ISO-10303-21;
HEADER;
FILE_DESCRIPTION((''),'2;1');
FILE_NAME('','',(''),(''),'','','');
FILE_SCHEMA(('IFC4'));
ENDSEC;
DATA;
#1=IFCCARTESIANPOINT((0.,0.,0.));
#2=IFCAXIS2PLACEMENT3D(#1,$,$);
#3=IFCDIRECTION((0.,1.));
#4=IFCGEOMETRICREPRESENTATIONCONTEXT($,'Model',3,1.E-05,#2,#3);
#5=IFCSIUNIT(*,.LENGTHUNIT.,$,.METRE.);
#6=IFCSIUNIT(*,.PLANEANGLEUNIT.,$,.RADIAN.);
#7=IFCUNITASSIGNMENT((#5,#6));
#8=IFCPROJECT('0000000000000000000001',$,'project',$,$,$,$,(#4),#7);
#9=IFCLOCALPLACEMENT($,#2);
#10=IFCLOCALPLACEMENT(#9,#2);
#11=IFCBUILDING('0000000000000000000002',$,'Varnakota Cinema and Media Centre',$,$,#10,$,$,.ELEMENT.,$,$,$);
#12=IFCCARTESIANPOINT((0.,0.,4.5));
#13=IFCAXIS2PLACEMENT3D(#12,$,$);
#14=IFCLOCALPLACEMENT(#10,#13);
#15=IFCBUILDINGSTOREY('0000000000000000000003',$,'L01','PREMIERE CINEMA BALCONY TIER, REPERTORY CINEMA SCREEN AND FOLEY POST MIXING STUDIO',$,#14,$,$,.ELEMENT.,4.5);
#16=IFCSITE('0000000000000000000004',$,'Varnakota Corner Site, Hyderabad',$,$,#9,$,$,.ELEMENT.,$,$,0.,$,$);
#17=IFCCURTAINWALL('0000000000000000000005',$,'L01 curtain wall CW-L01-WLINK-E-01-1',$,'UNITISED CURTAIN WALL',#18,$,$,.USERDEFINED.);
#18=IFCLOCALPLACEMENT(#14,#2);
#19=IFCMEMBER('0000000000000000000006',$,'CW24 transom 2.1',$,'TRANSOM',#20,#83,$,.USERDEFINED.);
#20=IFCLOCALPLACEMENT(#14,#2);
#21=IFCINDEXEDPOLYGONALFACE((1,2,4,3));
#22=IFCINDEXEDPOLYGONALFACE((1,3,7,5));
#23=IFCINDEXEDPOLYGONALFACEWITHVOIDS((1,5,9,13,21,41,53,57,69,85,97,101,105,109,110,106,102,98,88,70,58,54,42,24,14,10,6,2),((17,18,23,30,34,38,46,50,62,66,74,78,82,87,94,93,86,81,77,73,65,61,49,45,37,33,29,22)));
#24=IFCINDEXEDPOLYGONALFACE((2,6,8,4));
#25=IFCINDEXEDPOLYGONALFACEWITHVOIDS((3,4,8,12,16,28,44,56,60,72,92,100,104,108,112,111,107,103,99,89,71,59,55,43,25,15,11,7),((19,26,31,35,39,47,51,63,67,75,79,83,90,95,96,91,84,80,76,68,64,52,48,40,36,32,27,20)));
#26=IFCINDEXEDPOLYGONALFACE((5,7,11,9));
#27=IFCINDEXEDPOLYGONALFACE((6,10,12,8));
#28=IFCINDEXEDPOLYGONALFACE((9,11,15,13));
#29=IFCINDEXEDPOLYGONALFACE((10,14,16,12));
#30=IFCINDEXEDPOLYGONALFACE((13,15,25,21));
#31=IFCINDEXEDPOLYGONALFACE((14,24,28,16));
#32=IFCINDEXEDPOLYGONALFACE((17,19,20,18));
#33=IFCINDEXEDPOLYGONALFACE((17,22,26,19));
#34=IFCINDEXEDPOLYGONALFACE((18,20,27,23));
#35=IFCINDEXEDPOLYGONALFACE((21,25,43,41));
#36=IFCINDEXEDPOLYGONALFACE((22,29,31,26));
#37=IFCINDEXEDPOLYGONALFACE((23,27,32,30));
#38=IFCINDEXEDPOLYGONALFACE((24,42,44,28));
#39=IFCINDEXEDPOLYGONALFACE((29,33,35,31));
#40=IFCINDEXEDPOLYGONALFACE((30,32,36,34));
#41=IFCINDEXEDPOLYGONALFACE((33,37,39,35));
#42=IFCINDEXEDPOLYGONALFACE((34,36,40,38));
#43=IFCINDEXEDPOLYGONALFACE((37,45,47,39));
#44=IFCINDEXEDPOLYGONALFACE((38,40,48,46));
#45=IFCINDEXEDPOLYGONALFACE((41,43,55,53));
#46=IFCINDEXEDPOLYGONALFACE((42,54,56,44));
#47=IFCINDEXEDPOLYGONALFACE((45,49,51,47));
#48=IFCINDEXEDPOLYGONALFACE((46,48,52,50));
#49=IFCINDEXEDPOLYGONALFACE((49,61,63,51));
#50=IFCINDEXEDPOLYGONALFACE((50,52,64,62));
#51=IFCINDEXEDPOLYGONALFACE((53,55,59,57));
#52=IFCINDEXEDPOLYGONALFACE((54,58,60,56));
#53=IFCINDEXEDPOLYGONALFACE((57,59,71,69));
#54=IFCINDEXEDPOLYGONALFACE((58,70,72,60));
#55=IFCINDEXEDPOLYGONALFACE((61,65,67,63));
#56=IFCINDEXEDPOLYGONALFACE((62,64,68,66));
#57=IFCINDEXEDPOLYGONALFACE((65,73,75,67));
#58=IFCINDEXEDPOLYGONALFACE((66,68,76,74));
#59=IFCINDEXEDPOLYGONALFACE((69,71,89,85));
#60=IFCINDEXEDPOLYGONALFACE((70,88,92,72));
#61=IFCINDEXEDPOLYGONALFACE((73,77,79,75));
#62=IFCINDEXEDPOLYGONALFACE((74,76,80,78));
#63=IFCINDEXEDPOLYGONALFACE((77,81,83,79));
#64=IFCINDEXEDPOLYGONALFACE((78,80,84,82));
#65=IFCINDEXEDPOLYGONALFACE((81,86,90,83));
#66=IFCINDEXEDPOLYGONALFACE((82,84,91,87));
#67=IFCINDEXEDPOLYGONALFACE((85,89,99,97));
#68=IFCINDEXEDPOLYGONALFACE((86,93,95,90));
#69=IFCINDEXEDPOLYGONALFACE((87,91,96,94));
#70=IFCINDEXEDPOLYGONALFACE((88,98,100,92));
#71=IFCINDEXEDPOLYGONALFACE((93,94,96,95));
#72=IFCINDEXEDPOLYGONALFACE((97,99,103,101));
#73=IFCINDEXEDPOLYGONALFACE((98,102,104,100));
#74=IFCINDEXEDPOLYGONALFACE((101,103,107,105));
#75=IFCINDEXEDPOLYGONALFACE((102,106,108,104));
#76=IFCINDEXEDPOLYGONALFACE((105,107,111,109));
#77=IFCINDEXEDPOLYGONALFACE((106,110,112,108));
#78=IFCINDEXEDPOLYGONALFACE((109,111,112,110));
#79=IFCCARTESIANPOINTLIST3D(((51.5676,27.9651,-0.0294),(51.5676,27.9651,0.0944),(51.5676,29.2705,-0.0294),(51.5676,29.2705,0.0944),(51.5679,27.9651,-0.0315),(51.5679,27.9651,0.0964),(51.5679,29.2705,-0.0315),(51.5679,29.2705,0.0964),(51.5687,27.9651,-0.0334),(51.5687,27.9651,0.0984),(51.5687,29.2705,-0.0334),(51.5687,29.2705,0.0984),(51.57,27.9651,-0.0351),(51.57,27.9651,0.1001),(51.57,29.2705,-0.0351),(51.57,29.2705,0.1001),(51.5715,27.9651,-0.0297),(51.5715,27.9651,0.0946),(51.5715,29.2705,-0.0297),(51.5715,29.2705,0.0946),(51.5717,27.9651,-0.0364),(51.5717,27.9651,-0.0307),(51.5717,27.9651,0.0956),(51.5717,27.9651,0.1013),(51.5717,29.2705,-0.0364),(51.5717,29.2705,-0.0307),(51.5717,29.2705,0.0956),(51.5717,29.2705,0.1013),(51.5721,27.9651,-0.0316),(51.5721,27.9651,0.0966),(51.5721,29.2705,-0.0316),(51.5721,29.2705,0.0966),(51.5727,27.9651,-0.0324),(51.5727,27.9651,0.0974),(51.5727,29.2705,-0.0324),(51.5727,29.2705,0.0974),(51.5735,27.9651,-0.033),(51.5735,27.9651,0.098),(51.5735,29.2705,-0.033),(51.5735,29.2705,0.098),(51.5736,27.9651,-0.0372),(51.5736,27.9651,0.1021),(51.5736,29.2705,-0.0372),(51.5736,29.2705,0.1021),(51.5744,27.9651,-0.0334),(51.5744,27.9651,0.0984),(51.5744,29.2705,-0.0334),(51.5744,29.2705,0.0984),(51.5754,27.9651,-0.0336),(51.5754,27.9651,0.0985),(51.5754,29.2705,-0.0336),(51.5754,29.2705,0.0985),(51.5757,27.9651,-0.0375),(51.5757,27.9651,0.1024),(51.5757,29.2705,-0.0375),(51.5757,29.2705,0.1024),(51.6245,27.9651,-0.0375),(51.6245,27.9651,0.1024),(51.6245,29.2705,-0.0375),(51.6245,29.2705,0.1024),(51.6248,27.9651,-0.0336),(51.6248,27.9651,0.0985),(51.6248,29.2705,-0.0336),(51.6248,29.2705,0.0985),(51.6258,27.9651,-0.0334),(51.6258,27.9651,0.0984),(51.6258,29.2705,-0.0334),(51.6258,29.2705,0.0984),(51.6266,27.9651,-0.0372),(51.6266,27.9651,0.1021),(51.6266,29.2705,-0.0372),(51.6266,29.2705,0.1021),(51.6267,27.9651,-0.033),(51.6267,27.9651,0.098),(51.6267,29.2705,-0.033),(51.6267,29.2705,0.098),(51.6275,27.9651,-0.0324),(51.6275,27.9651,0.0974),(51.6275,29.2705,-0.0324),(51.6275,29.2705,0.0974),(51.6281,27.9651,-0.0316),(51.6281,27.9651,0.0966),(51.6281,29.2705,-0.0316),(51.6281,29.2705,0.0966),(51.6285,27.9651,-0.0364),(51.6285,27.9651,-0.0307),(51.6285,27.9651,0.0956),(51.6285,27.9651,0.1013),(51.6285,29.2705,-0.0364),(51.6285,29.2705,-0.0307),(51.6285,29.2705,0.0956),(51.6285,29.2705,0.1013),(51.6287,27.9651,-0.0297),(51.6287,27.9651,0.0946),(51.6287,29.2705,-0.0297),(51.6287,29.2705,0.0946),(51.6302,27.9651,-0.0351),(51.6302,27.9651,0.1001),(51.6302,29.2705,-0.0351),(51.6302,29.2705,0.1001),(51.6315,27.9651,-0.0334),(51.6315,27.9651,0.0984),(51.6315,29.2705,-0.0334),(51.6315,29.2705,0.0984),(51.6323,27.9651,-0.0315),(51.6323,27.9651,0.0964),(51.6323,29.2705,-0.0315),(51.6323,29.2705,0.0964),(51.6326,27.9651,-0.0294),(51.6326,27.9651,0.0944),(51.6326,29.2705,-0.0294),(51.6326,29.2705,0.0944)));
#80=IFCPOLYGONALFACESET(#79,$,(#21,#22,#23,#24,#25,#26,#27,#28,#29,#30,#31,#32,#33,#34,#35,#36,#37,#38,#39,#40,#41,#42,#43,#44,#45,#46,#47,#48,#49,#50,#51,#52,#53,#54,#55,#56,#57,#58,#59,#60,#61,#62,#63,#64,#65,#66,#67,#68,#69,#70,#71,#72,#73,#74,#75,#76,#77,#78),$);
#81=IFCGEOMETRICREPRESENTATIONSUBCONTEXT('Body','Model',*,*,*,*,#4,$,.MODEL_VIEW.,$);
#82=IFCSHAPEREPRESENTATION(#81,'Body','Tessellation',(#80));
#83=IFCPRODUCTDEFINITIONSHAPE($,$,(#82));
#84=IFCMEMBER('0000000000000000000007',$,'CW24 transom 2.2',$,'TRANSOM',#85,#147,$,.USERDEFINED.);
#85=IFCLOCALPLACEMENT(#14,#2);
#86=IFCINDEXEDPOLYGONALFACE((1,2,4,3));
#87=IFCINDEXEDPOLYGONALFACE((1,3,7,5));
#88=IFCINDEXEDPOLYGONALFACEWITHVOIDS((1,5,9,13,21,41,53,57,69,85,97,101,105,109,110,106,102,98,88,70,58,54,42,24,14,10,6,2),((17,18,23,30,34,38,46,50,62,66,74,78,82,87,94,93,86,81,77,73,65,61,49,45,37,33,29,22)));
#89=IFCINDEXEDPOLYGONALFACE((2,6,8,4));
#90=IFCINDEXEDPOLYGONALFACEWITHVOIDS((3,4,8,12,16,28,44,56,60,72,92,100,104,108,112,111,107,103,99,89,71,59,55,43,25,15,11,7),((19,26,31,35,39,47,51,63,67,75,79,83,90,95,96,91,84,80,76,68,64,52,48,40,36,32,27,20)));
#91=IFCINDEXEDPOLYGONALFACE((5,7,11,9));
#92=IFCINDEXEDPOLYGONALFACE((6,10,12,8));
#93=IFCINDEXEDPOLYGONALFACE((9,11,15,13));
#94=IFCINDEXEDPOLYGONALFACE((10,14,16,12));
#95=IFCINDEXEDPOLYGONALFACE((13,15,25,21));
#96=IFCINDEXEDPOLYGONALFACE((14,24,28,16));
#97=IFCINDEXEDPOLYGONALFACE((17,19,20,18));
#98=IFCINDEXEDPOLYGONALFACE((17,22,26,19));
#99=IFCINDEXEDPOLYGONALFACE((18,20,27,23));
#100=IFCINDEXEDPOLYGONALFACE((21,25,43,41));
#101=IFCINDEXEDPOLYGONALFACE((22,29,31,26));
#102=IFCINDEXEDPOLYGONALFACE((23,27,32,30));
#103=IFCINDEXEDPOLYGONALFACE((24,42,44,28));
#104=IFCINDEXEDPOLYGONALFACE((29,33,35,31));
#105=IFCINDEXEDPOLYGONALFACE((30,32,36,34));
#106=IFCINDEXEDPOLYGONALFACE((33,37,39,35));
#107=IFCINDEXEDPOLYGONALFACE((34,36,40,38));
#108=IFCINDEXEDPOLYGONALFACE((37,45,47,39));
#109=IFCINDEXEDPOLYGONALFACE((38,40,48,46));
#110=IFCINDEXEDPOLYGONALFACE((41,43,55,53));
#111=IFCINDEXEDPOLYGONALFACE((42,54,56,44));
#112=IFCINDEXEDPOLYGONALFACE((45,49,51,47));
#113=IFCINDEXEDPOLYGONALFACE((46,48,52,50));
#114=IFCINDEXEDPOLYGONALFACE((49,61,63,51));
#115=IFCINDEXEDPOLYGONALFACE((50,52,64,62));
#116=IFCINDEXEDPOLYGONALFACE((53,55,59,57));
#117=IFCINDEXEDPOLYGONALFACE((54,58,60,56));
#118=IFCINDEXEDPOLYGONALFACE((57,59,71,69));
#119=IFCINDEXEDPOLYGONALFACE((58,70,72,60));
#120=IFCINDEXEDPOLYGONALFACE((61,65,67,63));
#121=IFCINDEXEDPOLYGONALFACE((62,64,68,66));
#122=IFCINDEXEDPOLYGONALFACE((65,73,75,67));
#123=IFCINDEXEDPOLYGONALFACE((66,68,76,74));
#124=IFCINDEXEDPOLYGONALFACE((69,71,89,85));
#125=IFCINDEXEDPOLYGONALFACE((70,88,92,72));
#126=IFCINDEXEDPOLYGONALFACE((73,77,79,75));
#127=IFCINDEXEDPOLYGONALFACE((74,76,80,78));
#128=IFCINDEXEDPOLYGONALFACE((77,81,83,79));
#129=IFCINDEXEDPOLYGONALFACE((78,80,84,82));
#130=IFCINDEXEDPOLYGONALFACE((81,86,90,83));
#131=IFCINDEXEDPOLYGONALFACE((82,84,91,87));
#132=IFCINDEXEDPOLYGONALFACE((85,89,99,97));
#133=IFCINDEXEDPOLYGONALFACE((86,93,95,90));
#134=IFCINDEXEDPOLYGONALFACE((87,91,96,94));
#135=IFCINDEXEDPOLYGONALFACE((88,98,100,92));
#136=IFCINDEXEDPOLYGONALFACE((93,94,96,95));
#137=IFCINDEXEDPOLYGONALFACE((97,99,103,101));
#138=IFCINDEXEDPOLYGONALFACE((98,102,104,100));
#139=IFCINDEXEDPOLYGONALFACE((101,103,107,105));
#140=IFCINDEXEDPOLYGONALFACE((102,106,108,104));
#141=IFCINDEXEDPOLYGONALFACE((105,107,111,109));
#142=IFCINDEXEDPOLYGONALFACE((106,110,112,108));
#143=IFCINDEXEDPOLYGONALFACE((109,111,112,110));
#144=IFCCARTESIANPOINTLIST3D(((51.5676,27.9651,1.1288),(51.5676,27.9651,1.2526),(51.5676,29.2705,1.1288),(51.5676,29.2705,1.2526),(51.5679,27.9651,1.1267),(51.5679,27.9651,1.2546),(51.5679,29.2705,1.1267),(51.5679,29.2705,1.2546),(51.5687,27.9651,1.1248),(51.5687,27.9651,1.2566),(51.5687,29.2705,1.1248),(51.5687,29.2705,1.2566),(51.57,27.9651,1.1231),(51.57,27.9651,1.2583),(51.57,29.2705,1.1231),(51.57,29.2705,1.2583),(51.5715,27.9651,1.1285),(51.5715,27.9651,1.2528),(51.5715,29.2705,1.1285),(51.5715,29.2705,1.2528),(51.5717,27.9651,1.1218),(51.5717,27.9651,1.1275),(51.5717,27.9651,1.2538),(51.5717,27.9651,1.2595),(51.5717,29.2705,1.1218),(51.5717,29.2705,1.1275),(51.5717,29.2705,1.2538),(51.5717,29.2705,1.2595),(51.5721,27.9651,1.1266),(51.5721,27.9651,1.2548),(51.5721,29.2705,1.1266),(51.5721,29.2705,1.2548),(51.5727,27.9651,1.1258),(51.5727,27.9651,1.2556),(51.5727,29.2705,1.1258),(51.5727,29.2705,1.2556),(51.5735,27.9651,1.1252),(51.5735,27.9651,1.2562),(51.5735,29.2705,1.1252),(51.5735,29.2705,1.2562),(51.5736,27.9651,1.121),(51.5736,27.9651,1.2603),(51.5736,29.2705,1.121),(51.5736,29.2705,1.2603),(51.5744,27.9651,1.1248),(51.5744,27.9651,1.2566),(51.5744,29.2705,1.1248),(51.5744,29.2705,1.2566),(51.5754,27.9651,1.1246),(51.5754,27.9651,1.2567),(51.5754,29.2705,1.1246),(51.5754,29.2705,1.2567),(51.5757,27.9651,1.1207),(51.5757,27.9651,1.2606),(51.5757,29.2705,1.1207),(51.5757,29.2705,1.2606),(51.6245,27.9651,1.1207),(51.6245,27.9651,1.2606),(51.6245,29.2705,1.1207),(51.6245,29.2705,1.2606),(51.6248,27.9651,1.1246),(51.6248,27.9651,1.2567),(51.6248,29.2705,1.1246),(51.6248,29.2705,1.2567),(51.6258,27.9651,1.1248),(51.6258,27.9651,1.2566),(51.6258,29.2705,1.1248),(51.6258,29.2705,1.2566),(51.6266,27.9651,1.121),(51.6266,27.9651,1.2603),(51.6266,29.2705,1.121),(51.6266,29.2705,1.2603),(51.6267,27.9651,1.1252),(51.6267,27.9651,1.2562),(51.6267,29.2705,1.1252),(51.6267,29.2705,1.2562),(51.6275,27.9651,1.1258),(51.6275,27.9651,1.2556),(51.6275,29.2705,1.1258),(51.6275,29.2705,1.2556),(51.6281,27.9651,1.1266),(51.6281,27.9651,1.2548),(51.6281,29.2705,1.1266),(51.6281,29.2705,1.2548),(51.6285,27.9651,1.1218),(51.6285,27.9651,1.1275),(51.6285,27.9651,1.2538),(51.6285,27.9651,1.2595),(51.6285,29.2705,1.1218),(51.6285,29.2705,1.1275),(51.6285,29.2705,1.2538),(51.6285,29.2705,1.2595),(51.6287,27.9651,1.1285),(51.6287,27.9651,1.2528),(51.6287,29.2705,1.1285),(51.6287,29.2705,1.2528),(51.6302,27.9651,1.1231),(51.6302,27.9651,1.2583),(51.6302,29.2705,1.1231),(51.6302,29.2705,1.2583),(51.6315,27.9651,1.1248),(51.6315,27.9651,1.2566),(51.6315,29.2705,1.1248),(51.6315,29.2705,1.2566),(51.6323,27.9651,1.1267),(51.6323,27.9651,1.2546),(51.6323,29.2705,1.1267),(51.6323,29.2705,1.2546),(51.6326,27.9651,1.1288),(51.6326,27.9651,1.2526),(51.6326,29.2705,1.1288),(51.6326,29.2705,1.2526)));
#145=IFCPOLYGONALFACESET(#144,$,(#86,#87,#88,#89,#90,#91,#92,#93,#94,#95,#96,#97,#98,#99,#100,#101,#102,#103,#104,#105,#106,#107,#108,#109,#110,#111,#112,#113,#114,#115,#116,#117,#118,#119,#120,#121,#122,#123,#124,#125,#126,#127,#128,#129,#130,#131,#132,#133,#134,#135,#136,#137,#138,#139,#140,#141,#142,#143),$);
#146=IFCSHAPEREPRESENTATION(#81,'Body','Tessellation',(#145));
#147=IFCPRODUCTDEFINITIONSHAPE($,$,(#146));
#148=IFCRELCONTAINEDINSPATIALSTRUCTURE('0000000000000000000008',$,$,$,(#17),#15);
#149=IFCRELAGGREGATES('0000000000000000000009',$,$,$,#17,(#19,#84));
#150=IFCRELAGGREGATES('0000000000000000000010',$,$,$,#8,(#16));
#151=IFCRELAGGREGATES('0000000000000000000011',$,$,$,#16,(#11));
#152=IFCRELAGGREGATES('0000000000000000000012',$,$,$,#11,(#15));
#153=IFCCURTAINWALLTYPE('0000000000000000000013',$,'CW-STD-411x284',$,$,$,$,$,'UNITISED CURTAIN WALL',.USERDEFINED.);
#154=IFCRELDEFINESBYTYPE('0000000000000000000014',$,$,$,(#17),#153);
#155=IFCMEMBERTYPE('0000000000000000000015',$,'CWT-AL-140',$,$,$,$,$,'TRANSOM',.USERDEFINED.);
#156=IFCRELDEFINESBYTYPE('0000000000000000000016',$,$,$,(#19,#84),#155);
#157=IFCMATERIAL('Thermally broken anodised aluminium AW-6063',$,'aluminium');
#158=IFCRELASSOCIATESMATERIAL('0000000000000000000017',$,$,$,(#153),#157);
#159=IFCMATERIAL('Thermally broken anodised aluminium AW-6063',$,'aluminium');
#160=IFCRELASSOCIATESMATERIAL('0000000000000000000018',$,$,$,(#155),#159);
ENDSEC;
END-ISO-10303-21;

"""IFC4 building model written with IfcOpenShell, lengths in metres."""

from ifc_helpers import new_model, si_unit, direction, frame, origin, origin_2d, place, context, subcontext, project, spatial, hollow_rectangle, extrude, material, material_profile, profile_set, type_object, element, aggregate, save


model = new_model("IFC4")

# Units and contexts
model_context = context("Model", 3, precision=1e-05, world=origin(), true_north=direction((0.0, 1.0)))
body_context = subcontext(model_context, "Body", "Model", "MODEL_VIEW")
ifc_project = project(units=[si_unit("LENGTHUNIT", "METRE"), si_unit("PLANEANGLEUNIT", "RADIAN")], contexts=[model_context])

# Site, building, storey
site_placement = place(None, origin())
site = spatial("IfcSite", under=ifc_project, at=site_placement, Name="Varnakota Corner Site, Hyderabad", CompositionType="ELEMENT", RefElevation=0.0)
building_placement = place(site_placement, origin())
building = spatial("IfcBuilding", under=site, at=building_placement, Name="Varnakota Cinema and Media Centre", CompositionType="ELEMENT")
storey_placement = place(building_placement, frame((0.0, 0.0, 4.5)))
storey = spatial("IfcBuildingStorey", under=building, at=storey_placement, Name="L01", Description="PREMIERE CINEMA BALCONY TIER, REPERTORY CINEMA SCREEN AND FOLEY POST MIXING STUDIO", CompositionType="ELEMENT", Elevation=4.5)

# Curtain wall
ifc_material_1 = material(Name="Thermally broken anodised aluminium AW-6063", Category="aluminium")
curtain_wall_type_1 = type_object("IfcCurtainWallType", Name="CW-STD-411x284", ElementType="UNITISED CURTAIN WALL", PredefinedType="USERDEFINED", material=ifc_material_1)
curtain_wall_1_placement = place(storey_placement, origin())
curtain_wall_1 = element("IfcCurtainWall", 1, at=curtain_wall_1_placement, inside=storey, type_object=curtain_wall_type_1, Name="L01 curtain wall CW-L01-WLINK-E-01-1", ObjectType="UNITISED CURTAIN WALL", PredefinedType="USERDEFINED")

# Members
ifc_material_2 = material(Name="Thermally broken anodised aluminium AW-6063", Category="aluminium")
ifc_material_profile_1 = material_profile(ifc_material_2, hollow_rectangle(XDim=0.0649, YDim=0.1399, WallThickness=0.0039, InnerFilletRadius=0.0039, OuterFilletRadius=0.0081, at=origin_2d()), Name="AL-TRANSOM 140x65x4")
ifc_profile_set_1 = profile_set([ifc_material_profile_1], Name="Thermally broken anodised aluminium AW-6063")
member_type_1 = type_object("IfcMemberType", Name="CWT-AL-140", ElementType="TRANSOM", PredefinedType="USERDEFINED", material=ifc_profile_set_1)
member_1_placement = place(storey_placement, frame((51.6001, 27.9651, 0.0325), z_axis=(0.0, 1.0, 0.0), x_axis=(-1.0, 0.0, 0.0)))
member_1 = element("IfcMember", 2, at=member_1_placement, type_object=member_type_1, Name="CW24 transom 2.1", ObjectType="TRANSOM", PredefinedType="USERDEFINED", context=body_context, shape_type="SweptSolid", body=[
    extrude(hollow_rectangle(XDim=0.0649, YDim=0.1399, WallThickness=0.0039, InnerFilletRadius=0.0039, OuterFilletRadius=0.0081, at=origin_2d()), origin(), (0.0, 0.0, 1.0), 1.3054),
])
member_2_placement = place(storey_placement, frame((51.6001, 27.9651, 1.1907), z_axis=(0.0, 1.0, 0.0), x_axis=(-1.0, 0.0, 0.0)))
member_2 = element("IfcMember", 3, at=member_2_placement, type_object=member_type_1, Name="CW24 transom 2.2", ObjectType="TRANSOM", PredefinedType="USERDEFINED", context=body_context, shape_type="SweptSolid", body=[
    extrude(hollow_rectangle(XDim=0.0649, YDim=0.1399, WallThickness=0.0039, InnerFilletRadius=0.0039, OuterFilletRadius=0.0081, at=origin_2d()), origin(), (0.0, 0.0, 1.0), 1.3054),
])

aggregate(curtain_wall_1, [member_1, member_2])

save(model, "model.ifc")
